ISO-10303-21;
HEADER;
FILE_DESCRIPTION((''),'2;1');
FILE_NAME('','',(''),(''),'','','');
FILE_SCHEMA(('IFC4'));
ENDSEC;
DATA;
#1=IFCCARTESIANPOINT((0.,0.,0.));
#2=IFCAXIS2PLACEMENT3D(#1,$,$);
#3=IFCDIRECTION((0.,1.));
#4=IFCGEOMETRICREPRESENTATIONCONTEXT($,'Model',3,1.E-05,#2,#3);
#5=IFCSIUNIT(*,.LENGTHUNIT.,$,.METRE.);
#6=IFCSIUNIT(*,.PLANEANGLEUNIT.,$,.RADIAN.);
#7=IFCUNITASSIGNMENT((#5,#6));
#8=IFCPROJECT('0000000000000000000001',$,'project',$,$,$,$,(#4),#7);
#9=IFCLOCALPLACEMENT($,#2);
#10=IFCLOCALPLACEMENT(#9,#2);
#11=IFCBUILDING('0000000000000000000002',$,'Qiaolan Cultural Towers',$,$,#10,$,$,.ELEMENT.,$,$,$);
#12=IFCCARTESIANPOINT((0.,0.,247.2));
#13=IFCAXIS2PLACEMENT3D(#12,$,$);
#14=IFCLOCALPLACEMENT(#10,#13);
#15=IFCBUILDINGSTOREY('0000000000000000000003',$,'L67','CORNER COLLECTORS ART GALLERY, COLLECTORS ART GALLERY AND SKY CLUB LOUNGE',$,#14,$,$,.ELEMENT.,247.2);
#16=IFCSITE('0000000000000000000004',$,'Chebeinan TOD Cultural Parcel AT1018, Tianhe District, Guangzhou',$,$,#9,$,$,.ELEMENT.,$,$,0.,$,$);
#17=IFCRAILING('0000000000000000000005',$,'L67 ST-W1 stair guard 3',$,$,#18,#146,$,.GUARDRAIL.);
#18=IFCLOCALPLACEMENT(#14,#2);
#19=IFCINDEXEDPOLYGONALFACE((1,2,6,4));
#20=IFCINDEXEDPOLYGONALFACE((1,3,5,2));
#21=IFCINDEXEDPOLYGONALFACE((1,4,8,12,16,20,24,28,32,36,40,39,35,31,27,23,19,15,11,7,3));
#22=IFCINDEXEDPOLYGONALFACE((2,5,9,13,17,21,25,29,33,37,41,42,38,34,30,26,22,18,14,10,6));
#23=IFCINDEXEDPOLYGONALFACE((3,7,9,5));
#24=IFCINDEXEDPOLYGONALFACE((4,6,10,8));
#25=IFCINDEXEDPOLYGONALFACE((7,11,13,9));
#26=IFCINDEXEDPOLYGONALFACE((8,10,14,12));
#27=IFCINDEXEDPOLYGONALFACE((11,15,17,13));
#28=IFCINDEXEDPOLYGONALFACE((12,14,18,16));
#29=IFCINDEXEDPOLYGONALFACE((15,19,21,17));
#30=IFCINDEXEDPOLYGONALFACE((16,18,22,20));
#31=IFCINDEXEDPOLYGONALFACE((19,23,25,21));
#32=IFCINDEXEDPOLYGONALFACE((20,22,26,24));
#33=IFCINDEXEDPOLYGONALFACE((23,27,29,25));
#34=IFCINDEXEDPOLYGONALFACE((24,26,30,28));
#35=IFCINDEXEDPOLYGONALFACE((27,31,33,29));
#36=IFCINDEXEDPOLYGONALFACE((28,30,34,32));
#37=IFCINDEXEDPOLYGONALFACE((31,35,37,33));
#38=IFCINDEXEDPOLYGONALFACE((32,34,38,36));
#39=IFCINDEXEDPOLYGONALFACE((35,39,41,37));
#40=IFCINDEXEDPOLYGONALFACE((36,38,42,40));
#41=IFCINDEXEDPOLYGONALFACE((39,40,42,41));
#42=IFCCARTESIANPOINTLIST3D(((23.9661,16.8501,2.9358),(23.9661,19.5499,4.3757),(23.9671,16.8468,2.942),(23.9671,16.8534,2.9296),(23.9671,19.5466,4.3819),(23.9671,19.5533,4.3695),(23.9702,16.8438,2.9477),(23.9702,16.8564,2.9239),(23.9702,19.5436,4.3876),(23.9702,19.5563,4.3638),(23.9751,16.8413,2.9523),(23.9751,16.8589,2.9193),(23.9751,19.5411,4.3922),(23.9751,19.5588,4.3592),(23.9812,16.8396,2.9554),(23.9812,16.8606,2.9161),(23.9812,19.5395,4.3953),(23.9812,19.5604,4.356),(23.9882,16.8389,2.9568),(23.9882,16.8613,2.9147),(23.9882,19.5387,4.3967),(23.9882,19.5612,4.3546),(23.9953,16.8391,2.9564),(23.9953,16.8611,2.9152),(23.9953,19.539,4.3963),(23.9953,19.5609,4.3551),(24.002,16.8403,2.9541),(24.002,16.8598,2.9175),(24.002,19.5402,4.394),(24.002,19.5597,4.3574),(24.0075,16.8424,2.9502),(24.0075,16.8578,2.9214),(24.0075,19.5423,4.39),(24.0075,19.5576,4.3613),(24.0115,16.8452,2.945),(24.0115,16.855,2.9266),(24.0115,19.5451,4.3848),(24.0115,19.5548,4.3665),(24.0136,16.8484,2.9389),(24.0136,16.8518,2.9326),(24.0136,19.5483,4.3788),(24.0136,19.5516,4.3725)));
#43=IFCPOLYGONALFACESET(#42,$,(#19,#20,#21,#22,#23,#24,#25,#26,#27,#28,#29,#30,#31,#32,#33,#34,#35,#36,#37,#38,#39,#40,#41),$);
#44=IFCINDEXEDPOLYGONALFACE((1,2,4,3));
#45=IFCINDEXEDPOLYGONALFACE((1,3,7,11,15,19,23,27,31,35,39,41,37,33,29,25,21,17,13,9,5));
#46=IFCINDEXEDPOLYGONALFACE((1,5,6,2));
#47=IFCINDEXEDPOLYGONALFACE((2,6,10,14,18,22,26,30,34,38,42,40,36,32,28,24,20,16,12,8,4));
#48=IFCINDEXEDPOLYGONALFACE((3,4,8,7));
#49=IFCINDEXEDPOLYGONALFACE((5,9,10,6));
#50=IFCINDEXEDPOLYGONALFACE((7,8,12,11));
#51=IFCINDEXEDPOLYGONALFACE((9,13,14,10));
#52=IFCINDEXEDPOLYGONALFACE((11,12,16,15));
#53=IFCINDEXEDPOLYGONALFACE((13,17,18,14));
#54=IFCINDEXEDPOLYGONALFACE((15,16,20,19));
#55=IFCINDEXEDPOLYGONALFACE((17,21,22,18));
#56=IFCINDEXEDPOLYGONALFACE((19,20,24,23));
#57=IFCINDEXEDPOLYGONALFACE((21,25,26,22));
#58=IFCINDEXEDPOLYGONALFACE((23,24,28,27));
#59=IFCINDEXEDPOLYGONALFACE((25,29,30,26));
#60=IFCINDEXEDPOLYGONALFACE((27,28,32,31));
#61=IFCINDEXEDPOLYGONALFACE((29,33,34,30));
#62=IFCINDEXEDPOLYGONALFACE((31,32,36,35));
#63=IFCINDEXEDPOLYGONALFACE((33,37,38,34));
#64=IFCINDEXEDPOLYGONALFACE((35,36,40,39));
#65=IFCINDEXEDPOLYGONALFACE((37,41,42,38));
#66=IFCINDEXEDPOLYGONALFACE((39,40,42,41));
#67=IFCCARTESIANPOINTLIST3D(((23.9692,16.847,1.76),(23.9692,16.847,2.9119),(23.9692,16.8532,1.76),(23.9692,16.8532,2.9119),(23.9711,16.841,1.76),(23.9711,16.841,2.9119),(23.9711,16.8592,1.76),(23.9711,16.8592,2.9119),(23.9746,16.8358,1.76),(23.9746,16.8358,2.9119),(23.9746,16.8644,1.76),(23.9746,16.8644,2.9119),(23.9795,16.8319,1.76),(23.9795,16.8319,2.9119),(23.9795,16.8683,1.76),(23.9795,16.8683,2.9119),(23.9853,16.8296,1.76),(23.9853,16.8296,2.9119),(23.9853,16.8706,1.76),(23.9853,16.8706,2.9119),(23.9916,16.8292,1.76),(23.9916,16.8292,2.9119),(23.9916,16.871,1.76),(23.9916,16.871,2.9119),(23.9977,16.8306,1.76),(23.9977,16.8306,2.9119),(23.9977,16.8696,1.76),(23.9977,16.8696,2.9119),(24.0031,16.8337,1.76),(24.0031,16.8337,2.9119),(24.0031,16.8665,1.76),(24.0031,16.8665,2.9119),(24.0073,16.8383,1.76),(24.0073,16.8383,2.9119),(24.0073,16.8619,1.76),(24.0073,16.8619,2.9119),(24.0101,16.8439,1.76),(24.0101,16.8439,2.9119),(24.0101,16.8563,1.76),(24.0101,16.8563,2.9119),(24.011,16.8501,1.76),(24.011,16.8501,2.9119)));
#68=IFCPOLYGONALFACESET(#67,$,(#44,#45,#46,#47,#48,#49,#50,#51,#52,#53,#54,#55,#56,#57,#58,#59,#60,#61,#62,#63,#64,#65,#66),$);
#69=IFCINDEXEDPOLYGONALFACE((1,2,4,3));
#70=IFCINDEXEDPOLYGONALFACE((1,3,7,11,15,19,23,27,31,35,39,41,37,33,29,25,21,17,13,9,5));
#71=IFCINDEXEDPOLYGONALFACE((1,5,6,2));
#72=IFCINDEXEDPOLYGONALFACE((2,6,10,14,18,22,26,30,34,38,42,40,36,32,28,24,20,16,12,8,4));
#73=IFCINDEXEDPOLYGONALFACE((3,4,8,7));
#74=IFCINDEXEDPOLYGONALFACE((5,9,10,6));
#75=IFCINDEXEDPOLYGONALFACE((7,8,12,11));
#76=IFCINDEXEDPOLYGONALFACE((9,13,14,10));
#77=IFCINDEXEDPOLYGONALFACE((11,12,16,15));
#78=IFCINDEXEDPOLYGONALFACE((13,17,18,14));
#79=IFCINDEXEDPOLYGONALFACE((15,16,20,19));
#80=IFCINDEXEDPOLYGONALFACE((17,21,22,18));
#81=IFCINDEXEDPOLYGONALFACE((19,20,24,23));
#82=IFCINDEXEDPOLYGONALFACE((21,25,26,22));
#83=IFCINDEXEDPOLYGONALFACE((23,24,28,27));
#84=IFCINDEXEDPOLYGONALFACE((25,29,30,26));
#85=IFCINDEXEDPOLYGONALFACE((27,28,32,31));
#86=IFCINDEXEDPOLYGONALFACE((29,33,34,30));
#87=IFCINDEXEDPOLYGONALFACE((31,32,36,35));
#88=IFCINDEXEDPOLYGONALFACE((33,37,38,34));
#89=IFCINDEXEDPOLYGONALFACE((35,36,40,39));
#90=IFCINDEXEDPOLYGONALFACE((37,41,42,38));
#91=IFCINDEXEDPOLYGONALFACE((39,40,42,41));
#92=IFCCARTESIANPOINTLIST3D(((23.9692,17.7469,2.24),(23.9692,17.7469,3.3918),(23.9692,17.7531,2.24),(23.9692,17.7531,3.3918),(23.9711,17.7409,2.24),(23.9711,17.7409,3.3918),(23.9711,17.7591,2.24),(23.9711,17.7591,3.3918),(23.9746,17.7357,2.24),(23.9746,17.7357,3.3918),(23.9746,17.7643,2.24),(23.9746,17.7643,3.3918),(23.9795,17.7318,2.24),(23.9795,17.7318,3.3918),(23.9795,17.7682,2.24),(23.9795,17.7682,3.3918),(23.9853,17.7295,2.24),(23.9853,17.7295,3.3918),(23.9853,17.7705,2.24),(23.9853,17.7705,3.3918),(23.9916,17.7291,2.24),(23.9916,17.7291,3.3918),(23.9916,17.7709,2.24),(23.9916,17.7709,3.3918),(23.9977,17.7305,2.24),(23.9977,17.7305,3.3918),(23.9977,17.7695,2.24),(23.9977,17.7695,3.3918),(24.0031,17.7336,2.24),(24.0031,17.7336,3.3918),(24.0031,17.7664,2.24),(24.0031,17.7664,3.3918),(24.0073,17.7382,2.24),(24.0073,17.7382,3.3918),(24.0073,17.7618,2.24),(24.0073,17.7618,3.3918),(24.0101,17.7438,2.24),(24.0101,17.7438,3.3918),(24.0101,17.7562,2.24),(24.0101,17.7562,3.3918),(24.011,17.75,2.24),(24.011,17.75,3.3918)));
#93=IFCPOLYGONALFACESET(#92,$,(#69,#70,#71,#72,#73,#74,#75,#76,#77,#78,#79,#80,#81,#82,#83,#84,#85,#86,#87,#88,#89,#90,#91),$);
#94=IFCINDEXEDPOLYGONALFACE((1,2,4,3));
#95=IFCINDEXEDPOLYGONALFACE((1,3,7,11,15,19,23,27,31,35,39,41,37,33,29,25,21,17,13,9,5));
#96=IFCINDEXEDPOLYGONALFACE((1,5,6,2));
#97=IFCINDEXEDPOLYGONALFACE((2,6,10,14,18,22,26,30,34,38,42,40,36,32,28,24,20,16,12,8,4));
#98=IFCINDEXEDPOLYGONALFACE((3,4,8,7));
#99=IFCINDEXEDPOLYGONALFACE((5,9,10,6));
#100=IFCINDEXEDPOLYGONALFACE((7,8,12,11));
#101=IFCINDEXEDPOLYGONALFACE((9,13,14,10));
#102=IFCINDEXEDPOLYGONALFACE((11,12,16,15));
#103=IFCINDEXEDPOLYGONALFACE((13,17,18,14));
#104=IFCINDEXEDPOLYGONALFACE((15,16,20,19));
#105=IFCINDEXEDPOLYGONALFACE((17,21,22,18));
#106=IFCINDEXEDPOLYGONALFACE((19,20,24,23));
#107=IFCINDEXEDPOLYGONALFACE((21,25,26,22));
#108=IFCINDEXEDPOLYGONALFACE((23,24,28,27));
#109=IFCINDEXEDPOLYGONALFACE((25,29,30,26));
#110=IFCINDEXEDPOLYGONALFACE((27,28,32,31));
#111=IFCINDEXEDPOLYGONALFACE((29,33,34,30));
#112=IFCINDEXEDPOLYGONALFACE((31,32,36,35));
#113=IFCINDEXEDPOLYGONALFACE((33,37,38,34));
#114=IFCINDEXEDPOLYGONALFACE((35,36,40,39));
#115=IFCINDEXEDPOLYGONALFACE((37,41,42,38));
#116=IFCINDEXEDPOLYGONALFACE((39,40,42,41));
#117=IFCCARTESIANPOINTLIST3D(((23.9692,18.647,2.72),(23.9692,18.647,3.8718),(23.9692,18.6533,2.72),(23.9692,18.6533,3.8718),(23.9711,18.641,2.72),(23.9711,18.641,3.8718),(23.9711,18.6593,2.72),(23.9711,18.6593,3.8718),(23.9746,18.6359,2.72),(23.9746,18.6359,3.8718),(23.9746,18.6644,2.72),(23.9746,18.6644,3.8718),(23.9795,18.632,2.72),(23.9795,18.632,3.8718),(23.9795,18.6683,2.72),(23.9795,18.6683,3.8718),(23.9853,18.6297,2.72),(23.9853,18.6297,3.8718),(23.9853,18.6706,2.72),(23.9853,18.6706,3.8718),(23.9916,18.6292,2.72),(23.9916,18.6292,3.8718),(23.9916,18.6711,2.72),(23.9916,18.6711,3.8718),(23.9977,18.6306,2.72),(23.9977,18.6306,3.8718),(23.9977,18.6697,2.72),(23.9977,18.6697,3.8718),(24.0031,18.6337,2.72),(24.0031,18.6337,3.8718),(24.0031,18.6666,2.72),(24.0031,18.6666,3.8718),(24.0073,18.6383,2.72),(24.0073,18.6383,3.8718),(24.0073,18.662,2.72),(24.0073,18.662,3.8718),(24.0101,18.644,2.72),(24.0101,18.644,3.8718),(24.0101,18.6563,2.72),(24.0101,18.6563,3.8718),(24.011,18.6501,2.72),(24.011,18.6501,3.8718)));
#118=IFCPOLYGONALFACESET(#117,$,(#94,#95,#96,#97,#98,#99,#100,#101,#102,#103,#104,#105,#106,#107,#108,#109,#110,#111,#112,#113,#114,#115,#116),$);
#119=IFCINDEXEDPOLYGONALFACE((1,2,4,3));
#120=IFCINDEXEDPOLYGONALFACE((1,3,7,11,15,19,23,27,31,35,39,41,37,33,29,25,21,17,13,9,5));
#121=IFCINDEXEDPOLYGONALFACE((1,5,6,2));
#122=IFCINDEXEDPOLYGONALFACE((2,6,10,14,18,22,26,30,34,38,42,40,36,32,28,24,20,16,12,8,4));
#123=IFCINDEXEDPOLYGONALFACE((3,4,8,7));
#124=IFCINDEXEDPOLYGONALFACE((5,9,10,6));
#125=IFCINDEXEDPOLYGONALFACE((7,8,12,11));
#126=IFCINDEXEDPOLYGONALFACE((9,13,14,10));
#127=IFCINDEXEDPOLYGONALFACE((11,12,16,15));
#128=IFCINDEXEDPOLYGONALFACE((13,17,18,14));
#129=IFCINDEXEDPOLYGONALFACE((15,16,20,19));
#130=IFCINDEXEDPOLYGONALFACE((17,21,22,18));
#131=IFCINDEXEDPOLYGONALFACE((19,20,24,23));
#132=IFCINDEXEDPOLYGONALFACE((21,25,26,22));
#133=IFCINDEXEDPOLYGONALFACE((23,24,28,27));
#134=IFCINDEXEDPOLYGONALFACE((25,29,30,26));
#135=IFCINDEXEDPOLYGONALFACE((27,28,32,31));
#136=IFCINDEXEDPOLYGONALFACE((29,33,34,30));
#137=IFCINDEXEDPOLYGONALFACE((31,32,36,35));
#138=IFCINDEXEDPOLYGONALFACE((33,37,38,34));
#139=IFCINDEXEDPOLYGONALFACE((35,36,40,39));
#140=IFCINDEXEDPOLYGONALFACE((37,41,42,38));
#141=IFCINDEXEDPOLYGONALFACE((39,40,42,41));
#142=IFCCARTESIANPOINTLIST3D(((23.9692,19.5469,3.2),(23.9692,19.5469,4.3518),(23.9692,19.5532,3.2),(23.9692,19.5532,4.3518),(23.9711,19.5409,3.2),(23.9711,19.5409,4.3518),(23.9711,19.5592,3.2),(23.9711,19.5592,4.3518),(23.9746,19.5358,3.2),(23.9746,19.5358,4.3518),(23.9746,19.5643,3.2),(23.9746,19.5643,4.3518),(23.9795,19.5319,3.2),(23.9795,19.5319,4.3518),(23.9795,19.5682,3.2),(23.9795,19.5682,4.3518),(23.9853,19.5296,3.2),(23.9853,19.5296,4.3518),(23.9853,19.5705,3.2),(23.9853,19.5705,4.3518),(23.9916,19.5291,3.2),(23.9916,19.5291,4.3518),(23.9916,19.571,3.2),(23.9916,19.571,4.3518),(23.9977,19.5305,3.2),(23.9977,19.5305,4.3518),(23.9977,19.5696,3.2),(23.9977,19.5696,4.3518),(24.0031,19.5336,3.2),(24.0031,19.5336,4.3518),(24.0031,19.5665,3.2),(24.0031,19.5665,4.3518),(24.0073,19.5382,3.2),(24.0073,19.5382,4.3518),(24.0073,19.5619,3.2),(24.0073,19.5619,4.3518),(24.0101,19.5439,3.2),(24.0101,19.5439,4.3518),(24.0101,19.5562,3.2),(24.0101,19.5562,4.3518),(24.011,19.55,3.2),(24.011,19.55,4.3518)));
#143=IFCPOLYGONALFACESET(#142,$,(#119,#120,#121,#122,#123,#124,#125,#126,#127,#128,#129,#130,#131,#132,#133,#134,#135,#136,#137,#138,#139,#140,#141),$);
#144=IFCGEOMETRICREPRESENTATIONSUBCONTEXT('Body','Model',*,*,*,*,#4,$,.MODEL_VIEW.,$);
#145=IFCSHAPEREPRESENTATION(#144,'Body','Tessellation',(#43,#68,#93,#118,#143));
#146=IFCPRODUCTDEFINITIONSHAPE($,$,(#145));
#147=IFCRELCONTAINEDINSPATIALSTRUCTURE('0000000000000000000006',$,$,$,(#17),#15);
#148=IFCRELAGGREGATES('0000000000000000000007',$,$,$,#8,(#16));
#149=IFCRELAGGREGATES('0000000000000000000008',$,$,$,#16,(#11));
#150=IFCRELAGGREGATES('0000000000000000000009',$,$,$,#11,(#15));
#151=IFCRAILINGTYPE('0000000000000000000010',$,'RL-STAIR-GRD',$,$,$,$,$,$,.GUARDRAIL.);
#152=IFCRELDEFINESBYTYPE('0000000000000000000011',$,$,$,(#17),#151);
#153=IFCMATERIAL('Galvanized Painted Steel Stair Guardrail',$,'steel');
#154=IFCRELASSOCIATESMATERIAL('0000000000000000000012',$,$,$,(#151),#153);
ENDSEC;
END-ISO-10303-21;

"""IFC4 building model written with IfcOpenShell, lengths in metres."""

from ifc_helpers import new_model, si_unit, direction, frame, origin, origin_2d, place, context, subcontext, project, spatial, circle, extrude, material, type_object, element, save


model = new_model("IFC4")

# Units and contexts
model_context = context("Model", 3, precision=1e-05, world=origin(), true_north=direction((0.0, 1.0)))
body_context = subcontext(model_context, "Body", "Model", "MODEL_VIEW")
ifc_project = project(units=[si_unit("LENGTHUNIT", "METRE"), si_unit("PLANEANGLEUNIT", "RADIAN")], contexts=[model_context])

# Site, building, storey
site_placement = place(None, origin())
site = spatial("IfcSite", under=ifc_project, at=site_placement, Name="Chebeinan TOD Cultural Parcel AT1018, Tianhe District, Guangzhou", CompositionType="ELEMENT", RefElevation=0.0)
building_placement = place(site_placement, origin())
building = spatial("IfcBuilding", under=site, at=building_placement, Name="Qiaolan Cultural Towers", CompositionType="ELEMENT")
storey_placement = place(building_placement, frame((0.0, 0.0, 247.2)))
storey = spatial("IfcBuildingStorey", under=building, at=storey_placement, Name="L67", Description="CORNER COLLECTORS ART GALLERY, COLLECTORS ART GALLERY AND SKY CLUB LOUNGE", CompositionType="ELEMENT", Elevation=247.2)

# Railing
ifc_material_1 = material(Name="Galvanized Painted Steel Stair Guardrail", Category="steel")
railing_type_1 = type_object("IfcRailingType", Name="RL-STAIR-GRD", PredefinedType="GUARDRAIL", material=ifc_material_1)
railing_1_placement = place(storey_placement, frame((23.99, 16.8501, 1.76)))
element("IfcRailing", 1, at=railing_1_placement, inside=storey, type_object=railing_type_1, Name="L67 ST-W1 stair guard 3", PredefinedType="GUARDRAIL", context=body_context, shape_type="SweptSolid", body=[
    extrude(circle(Radius=0.0239, at=origin_2d()), frame((0.0, 0.0, 1.1758), z_axis=(0.0, 0.882357, 0.47058), x_axis=(-1.0, 0.0, 0.0)), (0.0, 0.0, 1.0), 3.0598),
    extrude(circle(Radius=0.021, at=origin_2d()), origin(), (0.0, 0.0, 1.0), 1.1519),
    extrude(circle(Radius=0.021, at=origin_2d()), frame((0.0, 0.8999, 0.48)), (0.0, 0.0, 1.0), 1.1519),
    extrude(circle(Radius=0.021, at=origin_2d()), frame((0.0, 1.8, 0.96)), (0.0, 0.0, 1.0), 1.1519),
    extrude(circle(Radius=0.021, at=origin_2d()), frame((0.0, 2.7, 1.4399)), (0.0, 0.0, 1.0), 1.1519),
])

save(model, "model.ifc")
